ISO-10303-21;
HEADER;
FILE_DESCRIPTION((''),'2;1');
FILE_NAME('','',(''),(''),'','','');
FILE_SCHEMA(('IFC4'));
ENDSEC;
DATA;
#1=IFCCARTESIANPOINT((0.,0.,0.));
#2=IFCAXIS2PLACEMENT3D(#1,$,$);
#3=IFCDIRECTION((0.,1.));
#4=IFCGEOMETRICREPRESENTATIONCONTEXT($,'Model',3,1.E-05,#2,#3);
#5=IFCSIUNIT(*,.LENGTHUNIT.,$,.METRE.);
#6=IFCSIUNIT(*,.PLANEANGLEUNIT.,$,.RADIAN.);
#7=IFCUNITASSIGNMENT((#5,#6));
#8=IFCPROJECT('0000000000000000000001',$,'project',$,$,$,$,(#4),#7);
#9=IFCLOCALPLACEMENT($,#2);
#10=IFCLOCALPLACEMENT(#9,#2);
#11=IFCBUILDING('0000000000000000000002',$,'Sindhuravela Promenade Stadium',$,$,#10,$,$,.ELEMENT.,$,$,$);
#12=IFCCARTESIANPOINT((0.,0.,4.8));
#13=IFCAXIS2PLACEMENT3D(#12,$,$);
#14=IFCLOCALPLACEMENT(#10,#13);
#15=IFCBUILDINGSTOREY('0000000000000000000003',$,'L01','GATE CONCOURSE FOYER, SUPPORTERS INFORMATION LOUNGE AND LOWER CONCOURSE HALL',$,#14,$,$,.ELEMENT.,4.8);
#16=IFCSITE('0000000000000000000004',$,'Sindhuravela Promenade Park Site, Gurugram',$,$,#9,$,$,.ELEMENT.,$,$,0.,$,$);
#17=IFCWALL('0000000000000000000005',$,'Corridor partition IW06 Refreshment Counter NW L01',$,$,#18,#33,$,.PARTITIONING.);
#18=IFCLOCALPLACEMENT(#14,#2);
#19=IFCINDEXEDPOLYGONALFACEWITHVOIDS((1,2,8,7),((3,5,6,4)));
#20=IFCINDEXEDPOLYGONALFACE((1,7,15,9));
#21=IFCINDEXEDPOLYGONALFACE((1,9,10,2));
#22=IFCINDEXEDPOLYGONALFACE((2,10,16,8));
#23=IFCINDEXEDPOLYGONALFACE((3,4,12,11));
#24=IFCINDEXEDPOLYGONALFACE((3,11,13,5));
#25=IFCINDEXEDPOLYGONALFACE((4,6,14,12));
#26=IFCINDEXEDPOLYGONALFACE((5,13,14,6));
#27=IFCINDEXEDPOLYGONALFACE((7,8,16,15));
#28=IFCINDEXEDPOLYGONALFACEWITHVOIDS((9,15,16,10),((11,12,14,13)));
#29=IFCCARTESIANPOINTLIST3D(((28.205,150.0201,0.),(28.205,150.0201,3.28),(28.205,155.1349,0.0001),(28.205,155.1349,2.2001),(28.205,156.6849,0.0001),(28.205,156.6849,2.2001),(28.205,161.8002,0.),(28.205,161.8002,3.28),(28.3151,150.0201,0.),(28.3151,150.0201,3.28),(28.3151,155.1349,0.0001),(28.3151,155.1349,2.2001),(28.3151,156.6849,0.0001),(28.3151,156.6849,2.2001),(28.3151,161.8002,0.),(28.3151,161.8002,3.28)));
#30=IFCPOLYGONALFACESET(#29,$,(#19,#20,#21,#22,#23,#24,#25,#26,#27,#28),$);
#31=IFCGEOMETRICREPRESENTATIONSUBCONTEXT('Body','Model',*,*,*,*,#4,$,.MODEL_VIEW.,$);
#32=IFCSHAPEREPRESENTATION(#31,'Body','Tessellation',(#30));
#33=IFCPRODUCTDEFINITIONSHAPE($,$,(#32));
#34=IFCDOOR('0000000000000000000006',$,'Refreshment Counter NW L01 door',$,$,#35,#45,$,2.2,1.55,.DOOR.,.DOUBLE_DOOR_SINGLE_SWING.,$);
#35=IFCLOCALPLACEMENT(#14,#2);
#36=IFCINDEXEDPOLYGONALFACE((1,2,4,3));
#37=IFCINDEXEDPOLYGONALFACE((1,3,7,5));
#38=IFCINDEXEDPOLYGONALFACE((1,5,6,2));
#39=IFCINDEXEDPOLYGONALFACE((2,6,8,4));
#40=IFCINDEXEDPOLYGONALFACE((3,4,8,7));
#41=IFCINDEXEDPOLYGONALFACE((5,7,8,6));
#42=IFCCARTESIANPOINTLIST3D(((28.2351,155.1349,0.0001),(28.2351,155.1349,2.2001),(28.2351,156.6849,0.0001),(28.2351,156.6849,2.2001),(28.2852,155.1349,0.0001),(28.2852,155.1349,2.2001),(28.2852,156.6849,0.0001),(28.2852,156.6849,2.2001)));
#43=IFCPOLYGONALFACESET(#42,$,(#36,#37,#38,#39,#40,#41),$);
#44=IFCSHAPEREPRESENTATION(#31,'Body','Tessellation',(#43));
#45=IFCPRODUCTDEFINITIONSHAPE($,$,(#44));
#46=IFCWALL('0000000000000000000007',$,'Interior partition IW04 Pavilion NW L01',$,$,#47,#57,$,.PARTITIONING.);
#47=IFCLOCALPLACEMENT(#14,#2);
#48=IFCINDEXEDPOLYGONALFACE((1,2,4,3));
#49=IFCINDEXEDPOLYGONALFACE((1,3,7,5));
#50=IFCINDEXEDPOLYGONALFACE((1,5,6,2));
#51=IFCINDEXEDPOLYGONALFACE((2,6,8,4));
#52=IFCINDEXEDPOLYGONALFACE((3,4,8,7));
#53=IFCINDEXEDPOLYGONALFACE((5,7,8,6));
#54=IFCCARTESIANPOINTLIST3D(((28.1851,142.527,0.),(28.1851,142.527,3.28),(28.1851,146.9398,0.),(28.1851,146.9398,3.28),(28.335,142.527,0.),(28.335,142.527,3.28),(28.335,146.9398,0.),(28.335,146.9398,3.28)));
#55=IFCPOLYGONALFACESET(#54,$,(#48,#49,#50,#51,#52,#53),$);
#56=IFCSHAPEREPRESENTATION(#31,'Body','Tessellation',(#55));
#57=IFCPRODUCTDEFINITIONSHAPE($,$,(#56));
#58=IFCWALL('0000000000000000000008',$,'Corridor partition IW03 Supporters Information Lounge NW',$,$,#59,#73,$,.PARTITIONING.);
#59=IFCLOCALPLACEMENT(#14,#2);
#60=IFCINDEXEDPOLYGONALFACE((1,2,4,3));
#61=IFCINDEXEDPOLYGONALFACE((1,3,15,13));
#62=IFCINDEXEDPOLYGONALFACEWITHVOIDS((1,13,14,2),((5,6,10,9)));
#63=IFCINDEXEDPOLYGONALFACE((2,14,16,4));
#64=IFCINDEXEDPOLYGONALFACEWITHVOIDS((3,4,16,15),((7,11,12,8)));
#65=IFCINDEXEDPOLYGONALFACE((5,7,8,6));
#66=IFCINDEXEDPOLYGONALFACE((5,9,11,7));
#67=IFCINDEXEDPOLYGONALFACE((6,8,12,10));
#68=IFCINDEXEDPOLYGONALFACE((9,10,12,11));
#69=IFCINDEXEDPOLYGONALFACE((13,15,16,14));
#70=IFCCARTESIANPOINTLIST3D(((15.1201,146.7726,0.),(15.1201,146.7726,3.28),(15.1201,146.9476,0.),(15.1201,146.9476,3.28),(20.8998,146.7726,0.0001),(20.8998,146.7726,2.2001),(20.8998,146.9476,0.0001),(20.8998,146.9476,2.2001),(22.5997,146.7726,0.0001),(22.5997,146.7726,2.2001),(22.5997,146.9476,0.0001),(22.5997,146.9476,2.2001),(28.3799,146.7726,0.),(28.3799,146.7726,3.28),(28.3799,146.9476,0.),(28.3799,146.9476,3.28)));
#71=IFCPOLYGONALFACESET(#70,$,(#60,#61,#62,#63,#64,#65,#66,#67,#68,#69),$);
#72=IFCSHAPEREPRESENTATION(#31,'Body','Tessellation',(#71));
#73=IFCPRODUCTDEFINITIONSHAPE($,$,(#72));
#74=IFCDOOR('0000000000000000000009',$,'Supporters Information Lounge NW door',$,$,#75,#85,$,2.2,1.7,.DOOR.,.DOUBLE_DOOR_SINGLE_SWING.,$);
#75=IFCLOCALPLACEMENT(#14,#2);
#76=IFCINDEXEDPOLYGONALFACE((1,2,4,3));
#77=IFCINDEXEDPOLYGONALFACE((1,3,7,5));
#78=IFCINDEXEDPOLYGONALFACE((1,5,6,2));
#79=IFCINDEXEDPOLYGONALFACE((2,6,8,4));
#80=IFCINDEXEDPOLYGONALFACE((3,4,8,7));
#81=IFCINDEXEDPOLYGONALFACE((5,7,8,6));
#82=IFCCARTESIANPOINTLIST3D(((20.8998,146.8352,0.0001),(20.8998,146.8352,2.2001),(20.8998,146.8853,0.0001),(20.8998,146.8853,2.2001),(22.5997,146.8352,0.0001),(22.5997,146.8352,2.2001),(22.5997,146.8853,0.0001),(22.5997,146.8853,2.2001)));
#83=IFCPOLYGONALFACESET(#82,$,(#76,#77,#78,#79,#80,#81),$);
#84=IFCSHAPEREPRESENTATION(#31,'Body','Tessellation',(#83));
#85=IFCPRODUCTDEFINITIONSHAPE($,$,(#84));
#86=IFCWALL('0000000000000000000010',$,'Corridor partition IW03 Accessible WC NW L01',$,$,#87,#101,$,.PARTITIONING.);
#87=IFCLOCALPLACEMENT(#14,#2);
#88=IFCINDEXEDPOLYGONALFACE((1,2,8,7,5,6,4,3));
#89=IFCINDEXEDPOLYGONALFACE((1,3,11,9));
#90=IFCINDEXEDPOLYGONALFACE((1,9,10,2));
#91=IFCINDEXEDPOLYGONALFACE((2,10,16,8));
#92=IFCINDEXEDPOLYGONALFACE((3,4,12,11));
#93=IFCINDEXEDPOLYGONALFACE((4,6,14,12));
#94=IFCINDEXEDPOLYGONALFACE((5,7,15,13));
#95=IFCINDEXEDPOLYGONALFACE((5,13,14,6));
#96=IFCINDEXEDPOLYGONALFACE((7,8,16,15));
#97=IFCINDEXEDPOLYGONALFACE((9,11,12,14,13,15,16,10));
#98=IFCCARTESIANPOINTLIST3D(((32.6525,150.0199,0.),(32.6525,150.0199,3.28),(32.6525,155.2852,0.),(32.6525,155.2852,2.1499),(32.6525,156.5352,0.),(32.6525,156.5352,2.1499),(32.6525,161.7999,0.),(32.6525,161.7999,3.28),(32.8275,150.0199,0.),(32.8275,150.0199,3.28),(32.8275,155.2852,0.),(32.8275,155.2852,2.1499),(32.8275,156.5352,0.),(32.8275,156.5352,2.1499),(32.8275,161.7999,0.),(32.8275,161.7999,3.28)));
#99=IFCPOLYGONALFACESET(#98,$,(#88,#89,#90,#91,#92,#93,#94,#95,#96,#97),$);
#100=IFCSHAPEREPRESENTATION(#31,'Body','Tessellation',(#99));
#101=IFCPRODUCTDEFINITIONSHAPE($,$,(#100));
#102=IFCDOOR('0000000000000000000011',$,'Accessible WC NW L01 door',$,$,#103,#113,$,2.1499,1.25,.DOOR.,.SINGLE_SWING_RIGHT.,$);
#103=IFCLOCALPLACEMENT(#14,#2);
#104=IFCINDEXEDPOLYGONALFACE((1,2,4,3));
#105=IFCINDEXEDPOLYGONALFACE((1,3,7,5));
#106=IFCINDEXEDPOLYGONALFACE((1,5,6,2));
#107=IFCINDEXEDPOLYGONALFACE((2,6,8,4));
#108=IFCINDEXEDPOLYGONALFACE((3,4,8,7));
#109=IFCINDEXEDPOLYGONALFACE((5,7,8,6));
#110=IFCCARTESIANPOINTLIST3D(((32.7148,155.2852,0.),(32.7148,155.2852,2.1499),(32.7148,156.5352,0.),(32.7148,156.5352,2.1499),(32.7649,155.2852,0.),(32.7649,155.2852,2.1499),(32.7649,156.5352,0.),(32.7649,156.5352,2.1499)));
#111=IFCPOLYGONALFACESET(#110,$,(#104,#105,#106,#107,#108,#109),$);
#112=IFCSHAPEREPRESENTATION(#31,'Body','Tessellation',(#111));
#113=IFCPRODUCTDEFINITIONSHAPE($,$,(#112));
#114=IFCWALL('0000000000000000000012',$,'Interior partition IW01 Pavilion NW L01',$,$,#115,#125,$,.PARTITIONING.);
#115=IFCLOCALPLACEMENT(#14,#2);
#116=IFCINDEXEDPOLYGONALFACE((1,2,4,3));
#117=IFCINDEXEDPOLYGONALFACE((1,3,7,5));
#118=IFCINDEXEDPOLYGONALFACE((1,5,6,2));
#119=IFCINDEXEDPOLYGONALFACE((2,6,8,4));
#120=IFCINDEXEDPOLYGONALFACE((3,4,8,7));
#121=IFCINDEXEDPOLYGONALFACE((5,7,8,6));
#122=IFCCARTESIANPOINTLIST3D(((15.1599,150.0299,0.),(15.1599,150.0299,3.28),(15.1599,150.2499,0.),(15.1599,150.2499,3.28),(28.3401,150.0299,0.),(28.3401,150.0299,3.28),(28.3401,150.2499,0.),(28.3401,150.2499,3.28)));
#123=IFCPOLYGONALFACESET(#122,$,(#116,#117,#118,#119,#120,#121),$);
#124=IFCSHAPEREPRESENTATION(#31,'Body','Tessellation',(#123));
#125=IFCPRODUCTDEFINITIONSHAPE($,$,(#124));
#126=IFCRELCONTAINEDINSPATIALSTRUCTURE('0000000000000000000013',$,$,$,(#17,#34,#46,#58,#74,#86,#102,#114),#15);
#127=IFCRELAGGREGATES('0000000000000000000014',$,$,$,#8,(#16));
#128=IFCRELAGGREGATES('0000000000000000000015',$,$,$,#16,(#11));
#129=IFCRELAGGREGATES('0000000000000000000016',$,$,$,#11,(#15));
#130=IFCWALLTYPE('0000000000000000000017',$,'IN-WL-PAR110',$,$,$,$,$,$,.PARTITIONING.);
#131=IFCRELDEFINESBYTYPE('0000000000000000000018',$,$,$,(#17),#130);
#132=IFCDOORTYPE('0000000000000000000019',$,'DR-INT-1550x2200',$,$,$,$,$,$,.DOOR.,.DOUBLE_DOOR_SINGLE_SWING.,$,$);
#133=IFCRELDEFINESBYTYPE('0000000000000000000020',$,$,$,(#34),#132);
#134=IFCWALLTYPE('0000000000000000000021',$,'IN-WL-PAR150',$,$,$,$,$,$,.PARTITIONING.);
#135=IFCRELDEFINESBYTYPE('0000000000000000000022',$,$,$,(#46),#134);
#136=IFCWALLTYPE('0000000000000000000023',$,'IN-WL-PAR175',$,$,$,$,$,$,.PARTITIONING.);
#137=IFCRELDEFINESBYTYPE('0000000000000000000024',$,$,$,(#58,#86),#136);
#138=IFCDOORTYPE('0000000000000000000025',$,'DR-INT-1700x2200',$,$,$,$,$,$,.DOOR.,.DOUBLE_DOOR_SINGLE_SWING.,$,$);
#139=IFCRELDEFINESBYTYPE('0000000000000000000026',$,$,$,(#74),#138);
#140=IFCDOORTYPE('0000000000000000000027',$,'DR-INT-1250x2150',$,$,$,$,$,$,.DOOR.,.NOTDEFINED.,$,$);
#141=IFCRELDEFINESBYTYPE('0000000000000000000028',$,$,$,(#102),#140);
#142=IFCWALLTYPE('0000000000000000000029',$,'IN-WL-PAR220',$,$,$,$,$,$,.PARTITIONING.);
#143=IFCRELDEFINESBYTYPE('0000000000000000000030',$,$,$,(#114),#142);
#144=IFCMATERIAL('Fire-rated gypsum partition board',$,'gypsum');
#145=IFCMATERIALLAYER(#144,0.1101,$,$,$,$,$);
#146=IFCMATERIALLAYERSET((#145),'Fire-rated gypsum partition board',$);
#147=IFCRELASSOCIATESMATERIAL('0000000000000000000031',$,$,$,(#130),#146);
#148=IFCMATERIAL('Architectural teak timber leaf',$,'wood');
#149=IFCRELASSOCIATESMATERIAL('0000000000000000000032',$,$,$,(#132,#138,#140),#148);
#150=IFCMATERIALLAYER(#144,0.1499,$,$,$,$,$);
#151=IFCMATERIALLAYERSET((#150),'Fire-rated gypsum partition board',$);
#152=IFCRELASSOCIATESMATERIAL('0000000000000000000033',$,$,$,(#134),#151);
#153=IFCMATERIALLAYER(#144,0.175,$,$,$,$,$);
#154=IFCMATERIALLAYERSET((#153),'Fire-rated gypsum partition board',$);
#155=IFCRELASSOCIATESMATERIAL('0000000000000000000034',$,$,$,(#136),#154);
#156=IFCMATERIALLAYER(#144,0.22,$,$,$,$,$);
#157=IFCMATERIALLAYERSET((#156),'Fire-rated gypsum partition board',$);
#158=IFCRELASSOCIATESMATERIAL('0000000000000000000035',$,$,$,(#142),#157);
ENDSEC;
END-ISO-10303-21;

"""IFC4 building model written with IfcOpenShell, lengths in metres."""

from ifc_helpers import new_model, si_unit, direction, frame, frame_2d, origin, place, context, subcontext, project, spatial, rectangle, extrude, material, layer, layer_set, type_object, element, fill, save


model = new_model("IFC4")

# Units and contexts
model_context = context("Model", 3, precision=1e-05, world=origin(), true_north=direction((0.0, 1.0)))
body_context = subcontext(model_context, "Body", "Model", "MODEL_VIEW")
ifc_project = project(units=[si_unit("LENGTHUNIT", "METRE"), si_unit("PLANEANGLEUNIT", "RADIAN")], contexts=[model_context])

# Site, building, storey
site_placement = place(None, origin())
site = spatial("IfcSite", under=ifc_project, at=site_placement, Name="Sindhuravela Promenade Park Site, Gurugram", CompositionType="ELEMENT", RefElevation=0.0)
building_placement = place(site_placement, origin())
building = spatial("IfcBuilding", under=site, at=building_placement, Name="Sindhuravela Promenade Stadium", CompositionType="ELEMENT")
storey_placement = place(building_placement, frame((0.0, 0.0, 4.8)))
storey = spatial("IfcBuildingStorey", under=building, at=storey_placement, Name="L01", Description="GATE CONCOURSE FOYER, SUPPORTERS INFORMATION LOUNGE AND LOWER CONCOURSE HALL", CompositionType="ELEMENT", Elevation=4.8)

# Wall, opening, door
ifc_material_1 = material(Name="Fire-rated gypsum partition board", Category="gypsum")
ifc_layer_1 = layer(ifc_material_1, 0.1101)
ifc_layer_set_1 = layer_set([ifc_layer_1], Name="Fire-rated gypsum partition board")
wall_type_1 = type_object("IfcWallType", Name="IN-WL-PAR110", PredefinedType="PARTITIONING", material=ifc_layer_set_1)
wall_1_placement = place(storey_placement, frame((28.26, 150.02, 0.0), z_axis=(0.0, 0.0, 1.0), x_axis=(0.0, 1.0, 0.0)))
wall_1 = element("IfcWall", 1, at=wall_1_placement, inside=storey, type_object=wall_type_1, Name="Corridor partition IW06 Refreshment Counter NW L01", PredefinedType="PARTITIONING", context=body_context, shape_type="SweptSolid", body=[
    extrude(rectangle(XDim=11.78, YDim=0.1101, at=frame_2d((5.8901, 0.0))), origin(), (0.0, 0.0, 1.0), 3.28),
])
opening_1_placement = place(wall_1_placement, frame((5.115, 0.0, 0.0)))
opening_1 = element("IfcOpeningElement", 2, at=opening_1_placement, cuts=wall_1, PredefinedType="OPENING", context=body_context, shape_type="SweptSolid", body=[
    extrude(rectangle(XDim=1.55, YDim=2.2, at=frame_2d((0.7749, 1.1001))), frame((0.0, 0.0649, 0.0), z_axis=(0.0, -1.0, 0.0), x_axis=(1.0, 0.0, 0.0)), (0.0, 0.0, 1.0), 0.1301),
])
ifc_material_2 = material(Name="Architectural teak timber leaf", Category="wood")
door_type_1 = type_object("IfcDoorType", Name="DR-INT-1550x2200", OperationType="DOUBLE_DOOR_SINGLE_SWING", PredefinedType="DOOR", material=ifc_material_2)
door_1_placement = place(opening_1_placement, origin())
door_1 = element("IfcDoor", 3, at=door_1_placement, inside=storey, type_object=door_type_1, Name="Refreshment Counter NW L01 door", OperationType="DOUBLE_DOOR_SINGLE_SWING", OverallHeight=2.2, OverallWidth=1.55, PredefinedType="DOOR", context=body_context, shape_type="SweptSolid", body=[
    extrude(rectangle(XDim=1.55, YDim=2.2, at=frame_2d((0.7749, 1.1001))), frame((0.0, 0.0249, 0.0), z_axis=(0.0, -1.0, 0.0), x_axis=(1.0, 0.0, 0.0)), (0.0, 0.0, 1.0), 0.05),
])
fill(opening_1, door_1)

# Wall
ifc_layer_2 = layer(ifc_material_1, 0.1499)
ifc_layer_set_2 = layer_set([ifc_layer_2], Name="Fire-rated gypsum partition board")
wall_type_2 = type_object("IfcWallType", Name="IN-WL-PAR150", PredefinedType="PARTITIONING", material=ifc_layer_set_2)
wall_2_placement = place(storey_placement, frame((28.26, 146.9399, 0.0), z_axis=(0.0, 0.0, 1.0), x_axis=(0.0, -1.0, 0.0)))
element("IfcWall", 4, at=wall_2_placement, inside=storey, type_object=wall_type_2, Name="Interior partition IW04 Pavilion NW L01", PredefinedType="PARTITIONING", context=body_context, shape_type="SweptSolid", body=[
    extrude(rectangle(XDim=4.4128, YDim=0.1499, at=frame_2d((2.2065, 0.0))), origin(), (0.0, 0.0, 1.0), 3.28),
])

# Walls, openings, doors
ifc_layer_3 = layer(ifc_material_1, 0.175)
ifc_layer_set_3 = layer_set([ifc_layer_3], Name="Fire-rated gypsum partition board")
wall_type_3 = type_object("IfcWallType", Name="IN-WL-PAR175", PredefinedType="PARTITIONING", material=ifc_layer_set_3)
wall_3_placement = place(storey_placement, frame((28.3799, 146.8601, 0.0), z_axis=(0.0, 0.0, 1.0), x_axis=(-1.0, 0.0, 0.0)))
wall_3 = element("IfcWall", 5, at=wall_3_placement, inside=storey, type_object=wall_type_3, Name="Corridor partition IW03 Supporters Information Lounge NW", PredefinedType="PARTITIONING", context=body_context, shape_type="SweptSolid", body=[
    extrude(rectangle(XDim=13.2598, YDim=0.175, at=frame_2d((6.6299, 0.0))), origin(), (0.0, 0.0, 1.0), 3.28),
])
opening_2_placement = place(wall_3_placement, frame((5.78, 0.0, 0.0)))
opening_2 = element("IfcOpeningElement", 6, at=opening_2_placement, cuts=wall_3, PredefinedType="OPENING", context=body_context, shape_type="SweptSolid", body=[
    extrude(rectangle(XDim=1.7, YDim=2.2, at=frame_2d((0.8501, 1.1001))), frame((0.0, 0.0974, 0.0), z_axis=(0.0, -1.0, 0.0), x_axis=(1.0, 0.0, 0.0)), (0.0, 0.0, 1.0), 0.1951),
])
door_type_2 = type_object("IfcDoorType", Name="DR-INT-1700x2200", OperationType="DOUBLE_DOOR_SINGLE_SWING", PredefinedType="DOOR", material=ifc_material_2)
door_2_placement = place(opening_2_placement, origin())
door_2 = element("IfcDoor", 7, at=door_2_placement, inside=storey, type_object=door_type_2, Name="Supporters Information Lounge NW door", OperationType="DOUBLE_DOOR_SINGLE_SWING", OverallHeight=2.2, OverallWidth=1.7, PredefinedType="DOOR", context=body_context, shape_type="SweptSolid", body=[
    extrude(rectangle(XDim=1.7, YDim=2.2, at=frame_2d((0.8501, 1.1001))), frame((0.0, 0.0249, 0.0), z_axis=(0.0, -1.0, 0.0), x_axis=(1.0, 0.0, 0.0)), (0.0, 0.0, 1.0), 0.05),
])
fill(opening_2, door_2)
wall_4_placement = place(storey_placement, frame((32.74, 161.8, 0.0), z_axis=(0.0, 0.0, 1.0), x_axis=(0.0, -1.0, 0.0)))
wall_4 = element("IfcWall", 8, at=wall_4_placement, inside=storey, type_object=wall_type_3, Name="Corridor partition IW03 Accessible WC NW L01", PredefinedType="PARTITIONING", context=body_context, shape_type="SweptSolid", body=[
    extrude(rectangle(XDim=11.78, YDim=0.175, at=frame_2d((5.8901, 0.0))), origin(), (0.0, 0.0, 1.0), 3.28),
])
opening_3_placement = place(wall_4_placement, frame((5.2649, 0.0, 0.0)))
opening_3 = element("IfcOpeningElement", 9, at=opening_3_placement, cuts=wall_4, PredefinedType="OPENING", context=body_context, shape_type="SweptSolid", body=[
    extrude(rectangle(XDim=1.25, YDim=2.1499, at=frame_2d((0.625, 1.075))), frame((0.0, 0.0974, 0.0), z_axis=(0.0, -1.0, 0.0), x_axis=(1.0, 0.0, 0.0)), (0.0, 0.0, 1.0), 0.1951),
])
door_type_3 = type_object("IfcDoorType", Name="DR-INT-1250x2150", OperationType="NOTDEFINED", PredefinedType="DOOR", material=ifc_material_2)
door_3_placement = place(opening_3_placement, origin())
door_3 = element("IfcDoor", 10, at=door_3_placement, inside=storey, type_object=door_type_3, Name="Accessible WC NW L01 door", OperationType="SINGLE_SWING_RIGHT", OverallHeight=2.1499, OverallWidth=1.25, PredefinedType="DOOR", context=body_context, shape_type="SweptSolid", body=[
    extrude(rectangle(XDim=1.25, YDim=2.1499, at=frame_2d((0.625, 1.075))), frame((0.0, 0.0249, 0.0), z_axis=(0.0, -1.0, 0.0), x_axis=(1.0, 0.0, 0.0)), (0.0, 0.0, 1.0), 0.05),
])
fill(opening_3, door_3)

# Wall
ifc_layer_4 = layer(ifc_material_1, 0.22)
ifc_layer_set_4 = layer_set([ifc_layer_4], Name="Fire-rated gypsum partition board")
wall_type_4 = type_object("IfcWallType", Name="IN-WL-PAR220", PredefinedType="PARTITIONING", material=ifc_layer_set_4)
wall_5_placement = place(storey_placement, frame((28.3401, 150.1399, 0.0), z_axis=(0.0, 0.0, 1.0), x_axis=(-1.0, 0.0, 0.0)))
element("IfcWall", 11, at=wall_5_placement, inside=storey, type_object=wall_type_4, Name="Interior partition IW01 Pavilion NW L01", PredefinedType="PARTITIONING", context=body_context, shape_type="SweptSolid", body=[
    extrude(rectangle(XDim=13.1802, YDim=0.22, at=frame_2d((6.5901, 0.0))), origin(), (0.0, 0.0, 1.0), 3.28),
])

save(model, "model.ifc")
